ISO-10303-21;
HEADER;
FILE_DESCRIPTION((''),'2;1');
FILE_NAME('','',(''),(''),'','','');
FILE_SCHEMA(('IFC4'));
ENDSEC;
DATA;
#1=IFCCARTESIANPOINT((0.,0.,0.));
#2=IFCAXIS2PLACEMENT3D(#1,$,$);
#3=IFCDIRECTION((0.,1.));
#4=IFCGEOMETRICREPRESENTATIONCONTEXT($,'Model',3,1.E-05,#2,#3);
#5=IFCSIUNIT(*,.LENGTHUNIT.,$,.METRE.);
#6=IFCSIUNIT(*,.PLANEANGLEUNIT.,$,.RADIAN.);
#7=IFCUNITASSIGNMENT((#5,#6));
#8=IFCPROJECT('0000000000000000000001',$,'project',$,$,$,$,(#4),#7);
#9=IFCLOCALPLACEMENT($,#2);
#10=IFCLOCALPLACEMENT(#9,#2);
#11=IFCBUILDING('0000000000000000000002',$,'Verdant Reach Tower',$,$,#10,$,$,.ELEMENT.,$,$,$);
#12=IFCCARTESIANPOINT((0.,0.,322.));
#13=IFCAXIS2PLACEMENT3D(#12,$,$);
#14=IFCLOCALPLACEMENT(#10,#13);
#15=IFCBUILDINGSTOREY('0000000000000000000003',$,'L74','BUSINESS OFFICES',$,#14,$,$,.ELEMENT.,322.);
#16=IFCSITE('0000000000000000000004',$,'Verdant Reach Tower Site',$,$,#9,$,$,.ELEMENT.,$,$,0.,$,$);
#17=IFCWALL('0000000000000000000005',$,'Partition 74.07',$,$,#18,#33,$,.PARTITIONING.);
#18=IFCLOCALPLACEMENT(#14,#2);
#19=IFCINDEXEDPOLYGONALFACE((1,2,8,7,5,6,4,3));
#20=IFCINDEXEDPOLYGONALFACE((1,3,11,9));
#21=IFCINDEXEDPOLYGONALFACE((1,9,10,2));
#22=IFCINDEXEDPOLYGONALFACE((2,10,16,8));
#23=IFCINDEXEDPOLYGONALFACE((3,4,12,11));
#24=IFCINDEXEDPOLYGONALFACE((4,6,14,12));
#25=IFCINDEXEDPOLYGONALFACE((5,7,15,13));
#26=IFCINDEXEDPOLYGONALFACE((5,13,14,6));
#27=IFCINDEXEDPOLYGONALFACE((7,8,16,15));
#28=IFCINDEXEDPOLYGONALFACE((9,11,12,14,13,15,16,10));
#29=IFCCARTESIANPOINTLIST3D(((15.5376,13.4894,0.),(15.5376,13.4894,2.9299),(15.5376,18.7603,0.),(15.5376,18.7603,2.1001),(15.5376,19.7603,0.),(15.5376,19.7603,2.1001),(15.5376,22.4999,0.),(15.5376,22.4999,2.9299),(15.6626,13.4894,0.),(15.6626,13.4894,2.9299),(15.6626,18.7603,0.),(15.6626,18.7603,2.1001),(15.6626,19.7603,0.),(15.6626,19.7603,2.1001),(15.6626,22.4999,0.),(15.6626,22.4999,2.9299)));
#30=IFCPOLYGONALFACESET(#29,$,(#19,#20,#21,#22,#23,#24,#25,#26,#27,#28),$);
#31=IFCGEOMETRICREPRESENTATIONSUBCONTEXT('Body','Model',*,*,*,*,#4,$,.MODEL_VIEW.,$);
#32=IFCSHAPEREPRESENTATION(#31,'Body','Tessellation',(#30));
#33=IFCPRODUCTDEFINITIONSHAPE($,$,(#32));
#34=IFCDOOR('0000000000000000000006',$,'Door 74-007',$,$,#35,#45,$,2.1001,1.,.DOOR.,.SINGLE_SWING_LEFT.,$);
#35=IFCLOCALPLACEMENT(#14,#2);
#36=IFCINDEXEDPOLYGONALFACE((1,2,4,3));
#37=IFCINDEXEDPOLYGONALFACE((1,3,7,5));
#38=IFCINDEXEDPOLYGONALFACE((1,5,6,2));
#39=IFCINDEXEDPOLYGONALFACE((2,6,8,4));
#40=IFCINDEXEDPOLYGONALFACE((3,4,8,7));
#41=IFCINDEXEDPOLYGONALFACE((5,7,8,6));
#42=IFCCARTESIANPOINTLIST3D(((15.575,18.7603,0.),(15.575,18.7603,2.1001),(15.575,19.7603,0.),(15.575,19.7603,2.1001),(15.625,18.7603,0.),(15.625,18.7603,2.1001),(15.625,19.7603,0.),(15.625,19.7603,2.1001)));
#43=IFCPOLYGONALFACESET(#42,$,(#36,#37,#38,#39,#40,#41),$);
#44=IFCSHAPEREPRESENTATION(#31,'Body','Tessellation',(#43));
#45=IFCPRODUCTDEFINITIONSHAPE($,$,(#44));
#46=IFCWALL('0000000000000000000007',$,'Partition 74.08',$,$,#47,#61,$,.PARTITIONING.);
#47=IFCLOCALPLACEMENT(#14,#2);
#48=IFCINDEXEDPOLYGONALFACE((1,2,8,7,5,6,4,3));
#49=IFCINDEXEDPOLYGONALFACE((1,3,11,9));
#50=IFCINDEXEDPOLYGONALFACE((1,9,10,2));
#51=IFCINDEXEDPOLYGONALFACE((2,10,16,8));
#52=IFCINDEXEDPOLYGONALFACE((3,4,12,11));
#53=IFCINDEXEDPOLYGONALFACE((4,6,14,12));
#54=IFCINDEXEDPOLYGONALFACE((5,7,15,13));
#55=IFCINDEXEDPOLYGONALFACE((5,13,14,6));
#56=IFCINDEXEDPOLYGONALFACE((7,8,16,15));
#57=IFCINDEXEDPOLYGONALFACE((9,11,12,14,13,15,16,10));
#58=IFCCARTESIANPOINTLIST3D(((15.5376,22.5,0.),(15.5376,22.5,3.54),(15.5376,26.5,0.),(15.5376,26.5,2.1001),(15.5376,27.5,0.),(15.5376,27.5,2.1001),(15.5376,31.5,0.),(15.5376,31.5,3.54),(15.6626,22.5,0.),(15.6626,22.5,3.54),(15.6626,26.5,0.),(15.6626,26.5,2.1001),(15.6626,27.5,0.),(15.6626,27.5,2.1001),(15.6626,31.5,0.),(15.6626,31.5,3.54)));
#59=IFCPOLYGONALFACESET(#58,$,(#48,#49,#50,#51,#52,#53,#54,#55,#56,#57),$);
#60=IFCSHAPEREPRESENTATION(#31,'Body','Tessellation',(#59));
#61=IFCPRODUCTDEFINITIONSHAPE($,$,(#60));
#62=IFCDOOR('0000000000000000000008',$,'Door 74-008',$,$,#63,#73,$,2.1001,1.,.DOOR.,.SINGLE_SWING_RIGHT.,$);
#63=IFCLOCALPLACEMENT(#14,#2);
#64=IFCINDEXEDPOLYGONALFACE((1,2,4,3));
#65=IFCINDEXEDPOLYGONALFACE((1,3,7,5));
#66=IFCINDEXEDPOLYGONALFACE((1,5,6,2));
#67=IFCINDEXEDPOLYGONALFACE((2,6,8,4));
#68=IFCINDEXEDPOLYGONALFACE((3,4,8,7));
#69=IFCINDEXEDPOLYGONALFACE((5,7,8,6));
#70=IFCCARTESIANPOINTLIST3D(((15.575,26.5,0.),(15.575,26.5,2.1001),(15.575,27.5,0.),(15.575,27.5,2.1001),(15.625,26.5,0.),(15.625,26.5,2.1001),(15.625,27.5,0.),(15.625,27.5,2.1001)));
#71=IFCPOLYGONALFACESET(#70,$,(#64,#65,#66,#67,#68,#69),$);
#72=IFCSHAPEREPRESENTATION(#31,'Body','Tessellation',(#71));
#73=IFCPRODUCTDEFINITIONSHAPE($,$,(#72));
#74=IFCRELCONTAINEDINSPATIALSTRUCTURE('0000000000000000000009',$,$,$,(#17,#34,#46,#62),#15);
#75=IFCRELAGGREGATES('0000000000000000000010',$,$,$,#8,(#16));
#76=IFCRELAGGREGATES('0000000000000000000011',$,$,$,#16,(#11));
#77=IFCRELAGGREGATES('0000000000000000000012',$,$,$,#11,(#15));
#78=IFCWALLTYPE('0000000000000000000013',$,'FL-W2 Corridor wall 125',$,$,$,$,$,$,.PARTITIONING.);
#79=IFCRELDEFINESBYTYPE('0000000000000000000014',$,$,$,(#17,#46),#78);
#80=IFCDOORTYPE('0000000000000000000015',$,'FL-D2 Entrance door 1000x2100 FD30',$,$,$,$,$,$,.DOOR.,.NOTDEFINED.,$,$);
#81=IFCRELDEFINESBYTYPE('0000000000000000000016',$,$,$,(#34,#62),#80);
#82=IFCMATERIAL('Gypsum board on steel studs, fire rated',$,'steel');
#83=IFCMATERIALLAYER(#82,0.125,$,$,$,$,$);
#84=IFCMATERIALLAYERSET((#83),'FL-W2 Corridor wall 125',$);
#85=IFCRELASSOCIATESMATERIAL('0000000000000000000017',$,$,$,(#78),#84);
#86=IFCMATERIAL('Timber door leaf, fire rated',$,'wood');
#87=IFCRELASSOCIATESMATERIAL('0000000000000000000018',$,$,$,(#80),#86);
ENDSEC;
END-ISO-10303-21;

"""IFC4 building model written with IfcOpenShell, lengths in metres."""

from ifc_helpers import new_model, si_unit, direction, frame, frame_2d, origin, place, context, subcontext, project, spatial, rectangle, extrude, material, layer, layer_set, type_object, element, fill, save


model = new_model("IFC4")

# Units and contexts
model_context = context("Model", 3, precision=1e-05, world=origin(), true_north=direction((0.0, 1.0)))
body_context = subcontext(model_context, "Body", "Model", "MODEL_VIEW")
ifc_project = project(units=[si_unit("LENGTHUNIT", "METRE"), si_unit("PLANEANGLEUNIT", "RADIAN")], contexts=[model_context])

# Site, building, storey
site_placement = place(None, origin())
site = spatial("IfcSite", under=ifc_project, at=site_placement, Name="Verdant Reach Tower Site", CompositionType="ELEMENT", RefElevation=0.0)
building_placement = place(site_placement, origin())
building = spatial("IfcBuilding", under=site, at=building_placement, Name="Verdant Reach Tower", CompositionType="ELEMENT")
storey_placement = place(building_placement, frame((0.0, 0.0, 322.0)))
storey = spatial("IfcBuildingStorey", under=building, at=storey_placement, Name="L74", Description="BUSINESS OFFICES", CompositionType="ELEMENT", Elevation=322.0)

# Walls, openings, doors
ifc_material_1 = material(Name="Gypsum board on steel studs, fire rated", Category="steel")
ifc_layer_1 = layer(ifc_material_1, 0.125)
ifc_layer_set_1 = layer_set([ifc_layer_1], Name="FL-W2 Corridor wall 125")
wall_type_1 = type_object("IfcWallType", Name="FL-W2 Corridor wall 125", PredefinedType="PARTITIONING", material=ifc_layer_set_1)
wall_1_placement = place(storey_placement, frame((15.6001, 22.5, 0.0), z_axis=(0.0, 0.0, 1.0), x_axis=(0.0, -1.0, 0.0)))
wall_1 = element("IfcWall", 1, at=wall_1_placement, inside=storey, type_object=wall_type_1, Name="Partition 74.07", PredefinedType="PARTITIONING", context=body_context, shape_type="SweptSolid", body=[
    extrude(rectangle(XDim=9.0105, YDim=0.125, at=frame_2d((4.5054, 0.0))), origin(), (0.0, 0.0, 1.0), 2.9299),
])
opening_1_placement = place(wall_1_placement, frame((2.7397, 0.0, 0.0)))
opening_1 = element("IfcOpeningElement", 2, at=opening_1_placement, cuts=wall_1, PredefinedType="OPENING", context=body_context, shape_type="SweptSolid", body=[
    extrude(rectangle(XDim=1.0, YDim=2.1001, at=frame_2d((0.5, 1.05))), frame((0.0, 0.0725, 0.0), z_axis=(0.0, -1.0, 0.0), x_axis=(1.0, 0.0, 0.0)), (0.0, 0.0, 1.0), 0.145),
])
ifc_material_2 = material(Name="Timber door leaf, fire rated", Category="wood")
door_type = type_object("IfcDoorType", Name="FL-D2 Entrance door 1000x2100 FD30", OperationType="NOTDEFINED", PredefinedType="DOOR", material=ifc_material_2)
door_1_placement = place(opening_1_placement, origin())
door_1 = element("IfcDoor", 3, at=door_1_placement, inside=storey, type_object=door_type, Name="Door 74-007", OperationType="SINGLE_SWING_LEFT", OverallHeight=2.1001, OverallWidth=1.0, PredefinedType="DOOR", context=body_context, shape_type="SweptSolid", body=[
    extrude(rectangle(XDim=1.0, YDim=2.1001, at=frame_2d((0.5, 1.05))), frame((0.0, 0.0249, 0.0), z_axis=(0.0, -1.0, 0.0), x_axis=(1.0, 0.0, 0.0)), (0.0, 0.0, 1.0), 0.05),
])
fill(opening_1, door_1)
wall_2_placement = place(storey_placement, frame((15.6001, 31.5, 0.0), z_axis=(0.0, 0.0, 1.0), x_axis=(0.0, -1.0, 0.0)))
wall_2 = element("IfcWall", 4, at=wall_2_placement, inside=storey, type_object=wall_type_1, Name="Partition 74.08", PredefinedType="PARTITIONING", context=body_context, shape_type="SweptSolid", body=[
    extrude(rectangle(XDim=9.0, YDim=0.125, at=frame_2d((4.5, 0.0))), origin(), (0.0, 0.0, 1.0), 3.54),
])
opening_2_placement = place(wall_2_placement, frame((4.0, 0.0, 0.0)))
opening_2 = element("IfcOpeningElement", 5, at=opening_2_placement, cuts=wall_2, PredefinedType="OPENING", context=body_context, shape_type="SweptSolid", body=[
    extrude(rectangle(XDim=1.0, YDim=2.1001, at=frame_2d((0.5, 1.05))), frame((0.0, 0.0725, 0.0), z_axis=(0.0, -1.0, 0.0), x_axis=(1.0, 0.0, 0.0)), (0.0, 0.0, 1.0), 0.145),
])
door_2_placement = place(opening_2_placement, origin())
door_2 = element("IfcDoor", 6, at=door_2_placement, inside=storey, type_object=door_type, Name="Door 74-008", OperationType="SINGLE_SWING_RIGHT", OverallHeight=2.1001, OverallWidth=1.0, PredefinedType="DOOR", context=body_context, shape_type="SweptSolid", body=[
    extrude(rectangle(XDim=1.0, YDim=2.1001, at=frame_2d((0.5, 1.05))), frame((0.0, 0.0249, 0.0), z_axis=(0.0, -1.0, 0.0), x_axis=(1.0, 0.0, 0.0)), (0.0, 0.0, 1.0), 0.05),
])
fill(opening_2, door_2)

save(model, "model.ifc")
